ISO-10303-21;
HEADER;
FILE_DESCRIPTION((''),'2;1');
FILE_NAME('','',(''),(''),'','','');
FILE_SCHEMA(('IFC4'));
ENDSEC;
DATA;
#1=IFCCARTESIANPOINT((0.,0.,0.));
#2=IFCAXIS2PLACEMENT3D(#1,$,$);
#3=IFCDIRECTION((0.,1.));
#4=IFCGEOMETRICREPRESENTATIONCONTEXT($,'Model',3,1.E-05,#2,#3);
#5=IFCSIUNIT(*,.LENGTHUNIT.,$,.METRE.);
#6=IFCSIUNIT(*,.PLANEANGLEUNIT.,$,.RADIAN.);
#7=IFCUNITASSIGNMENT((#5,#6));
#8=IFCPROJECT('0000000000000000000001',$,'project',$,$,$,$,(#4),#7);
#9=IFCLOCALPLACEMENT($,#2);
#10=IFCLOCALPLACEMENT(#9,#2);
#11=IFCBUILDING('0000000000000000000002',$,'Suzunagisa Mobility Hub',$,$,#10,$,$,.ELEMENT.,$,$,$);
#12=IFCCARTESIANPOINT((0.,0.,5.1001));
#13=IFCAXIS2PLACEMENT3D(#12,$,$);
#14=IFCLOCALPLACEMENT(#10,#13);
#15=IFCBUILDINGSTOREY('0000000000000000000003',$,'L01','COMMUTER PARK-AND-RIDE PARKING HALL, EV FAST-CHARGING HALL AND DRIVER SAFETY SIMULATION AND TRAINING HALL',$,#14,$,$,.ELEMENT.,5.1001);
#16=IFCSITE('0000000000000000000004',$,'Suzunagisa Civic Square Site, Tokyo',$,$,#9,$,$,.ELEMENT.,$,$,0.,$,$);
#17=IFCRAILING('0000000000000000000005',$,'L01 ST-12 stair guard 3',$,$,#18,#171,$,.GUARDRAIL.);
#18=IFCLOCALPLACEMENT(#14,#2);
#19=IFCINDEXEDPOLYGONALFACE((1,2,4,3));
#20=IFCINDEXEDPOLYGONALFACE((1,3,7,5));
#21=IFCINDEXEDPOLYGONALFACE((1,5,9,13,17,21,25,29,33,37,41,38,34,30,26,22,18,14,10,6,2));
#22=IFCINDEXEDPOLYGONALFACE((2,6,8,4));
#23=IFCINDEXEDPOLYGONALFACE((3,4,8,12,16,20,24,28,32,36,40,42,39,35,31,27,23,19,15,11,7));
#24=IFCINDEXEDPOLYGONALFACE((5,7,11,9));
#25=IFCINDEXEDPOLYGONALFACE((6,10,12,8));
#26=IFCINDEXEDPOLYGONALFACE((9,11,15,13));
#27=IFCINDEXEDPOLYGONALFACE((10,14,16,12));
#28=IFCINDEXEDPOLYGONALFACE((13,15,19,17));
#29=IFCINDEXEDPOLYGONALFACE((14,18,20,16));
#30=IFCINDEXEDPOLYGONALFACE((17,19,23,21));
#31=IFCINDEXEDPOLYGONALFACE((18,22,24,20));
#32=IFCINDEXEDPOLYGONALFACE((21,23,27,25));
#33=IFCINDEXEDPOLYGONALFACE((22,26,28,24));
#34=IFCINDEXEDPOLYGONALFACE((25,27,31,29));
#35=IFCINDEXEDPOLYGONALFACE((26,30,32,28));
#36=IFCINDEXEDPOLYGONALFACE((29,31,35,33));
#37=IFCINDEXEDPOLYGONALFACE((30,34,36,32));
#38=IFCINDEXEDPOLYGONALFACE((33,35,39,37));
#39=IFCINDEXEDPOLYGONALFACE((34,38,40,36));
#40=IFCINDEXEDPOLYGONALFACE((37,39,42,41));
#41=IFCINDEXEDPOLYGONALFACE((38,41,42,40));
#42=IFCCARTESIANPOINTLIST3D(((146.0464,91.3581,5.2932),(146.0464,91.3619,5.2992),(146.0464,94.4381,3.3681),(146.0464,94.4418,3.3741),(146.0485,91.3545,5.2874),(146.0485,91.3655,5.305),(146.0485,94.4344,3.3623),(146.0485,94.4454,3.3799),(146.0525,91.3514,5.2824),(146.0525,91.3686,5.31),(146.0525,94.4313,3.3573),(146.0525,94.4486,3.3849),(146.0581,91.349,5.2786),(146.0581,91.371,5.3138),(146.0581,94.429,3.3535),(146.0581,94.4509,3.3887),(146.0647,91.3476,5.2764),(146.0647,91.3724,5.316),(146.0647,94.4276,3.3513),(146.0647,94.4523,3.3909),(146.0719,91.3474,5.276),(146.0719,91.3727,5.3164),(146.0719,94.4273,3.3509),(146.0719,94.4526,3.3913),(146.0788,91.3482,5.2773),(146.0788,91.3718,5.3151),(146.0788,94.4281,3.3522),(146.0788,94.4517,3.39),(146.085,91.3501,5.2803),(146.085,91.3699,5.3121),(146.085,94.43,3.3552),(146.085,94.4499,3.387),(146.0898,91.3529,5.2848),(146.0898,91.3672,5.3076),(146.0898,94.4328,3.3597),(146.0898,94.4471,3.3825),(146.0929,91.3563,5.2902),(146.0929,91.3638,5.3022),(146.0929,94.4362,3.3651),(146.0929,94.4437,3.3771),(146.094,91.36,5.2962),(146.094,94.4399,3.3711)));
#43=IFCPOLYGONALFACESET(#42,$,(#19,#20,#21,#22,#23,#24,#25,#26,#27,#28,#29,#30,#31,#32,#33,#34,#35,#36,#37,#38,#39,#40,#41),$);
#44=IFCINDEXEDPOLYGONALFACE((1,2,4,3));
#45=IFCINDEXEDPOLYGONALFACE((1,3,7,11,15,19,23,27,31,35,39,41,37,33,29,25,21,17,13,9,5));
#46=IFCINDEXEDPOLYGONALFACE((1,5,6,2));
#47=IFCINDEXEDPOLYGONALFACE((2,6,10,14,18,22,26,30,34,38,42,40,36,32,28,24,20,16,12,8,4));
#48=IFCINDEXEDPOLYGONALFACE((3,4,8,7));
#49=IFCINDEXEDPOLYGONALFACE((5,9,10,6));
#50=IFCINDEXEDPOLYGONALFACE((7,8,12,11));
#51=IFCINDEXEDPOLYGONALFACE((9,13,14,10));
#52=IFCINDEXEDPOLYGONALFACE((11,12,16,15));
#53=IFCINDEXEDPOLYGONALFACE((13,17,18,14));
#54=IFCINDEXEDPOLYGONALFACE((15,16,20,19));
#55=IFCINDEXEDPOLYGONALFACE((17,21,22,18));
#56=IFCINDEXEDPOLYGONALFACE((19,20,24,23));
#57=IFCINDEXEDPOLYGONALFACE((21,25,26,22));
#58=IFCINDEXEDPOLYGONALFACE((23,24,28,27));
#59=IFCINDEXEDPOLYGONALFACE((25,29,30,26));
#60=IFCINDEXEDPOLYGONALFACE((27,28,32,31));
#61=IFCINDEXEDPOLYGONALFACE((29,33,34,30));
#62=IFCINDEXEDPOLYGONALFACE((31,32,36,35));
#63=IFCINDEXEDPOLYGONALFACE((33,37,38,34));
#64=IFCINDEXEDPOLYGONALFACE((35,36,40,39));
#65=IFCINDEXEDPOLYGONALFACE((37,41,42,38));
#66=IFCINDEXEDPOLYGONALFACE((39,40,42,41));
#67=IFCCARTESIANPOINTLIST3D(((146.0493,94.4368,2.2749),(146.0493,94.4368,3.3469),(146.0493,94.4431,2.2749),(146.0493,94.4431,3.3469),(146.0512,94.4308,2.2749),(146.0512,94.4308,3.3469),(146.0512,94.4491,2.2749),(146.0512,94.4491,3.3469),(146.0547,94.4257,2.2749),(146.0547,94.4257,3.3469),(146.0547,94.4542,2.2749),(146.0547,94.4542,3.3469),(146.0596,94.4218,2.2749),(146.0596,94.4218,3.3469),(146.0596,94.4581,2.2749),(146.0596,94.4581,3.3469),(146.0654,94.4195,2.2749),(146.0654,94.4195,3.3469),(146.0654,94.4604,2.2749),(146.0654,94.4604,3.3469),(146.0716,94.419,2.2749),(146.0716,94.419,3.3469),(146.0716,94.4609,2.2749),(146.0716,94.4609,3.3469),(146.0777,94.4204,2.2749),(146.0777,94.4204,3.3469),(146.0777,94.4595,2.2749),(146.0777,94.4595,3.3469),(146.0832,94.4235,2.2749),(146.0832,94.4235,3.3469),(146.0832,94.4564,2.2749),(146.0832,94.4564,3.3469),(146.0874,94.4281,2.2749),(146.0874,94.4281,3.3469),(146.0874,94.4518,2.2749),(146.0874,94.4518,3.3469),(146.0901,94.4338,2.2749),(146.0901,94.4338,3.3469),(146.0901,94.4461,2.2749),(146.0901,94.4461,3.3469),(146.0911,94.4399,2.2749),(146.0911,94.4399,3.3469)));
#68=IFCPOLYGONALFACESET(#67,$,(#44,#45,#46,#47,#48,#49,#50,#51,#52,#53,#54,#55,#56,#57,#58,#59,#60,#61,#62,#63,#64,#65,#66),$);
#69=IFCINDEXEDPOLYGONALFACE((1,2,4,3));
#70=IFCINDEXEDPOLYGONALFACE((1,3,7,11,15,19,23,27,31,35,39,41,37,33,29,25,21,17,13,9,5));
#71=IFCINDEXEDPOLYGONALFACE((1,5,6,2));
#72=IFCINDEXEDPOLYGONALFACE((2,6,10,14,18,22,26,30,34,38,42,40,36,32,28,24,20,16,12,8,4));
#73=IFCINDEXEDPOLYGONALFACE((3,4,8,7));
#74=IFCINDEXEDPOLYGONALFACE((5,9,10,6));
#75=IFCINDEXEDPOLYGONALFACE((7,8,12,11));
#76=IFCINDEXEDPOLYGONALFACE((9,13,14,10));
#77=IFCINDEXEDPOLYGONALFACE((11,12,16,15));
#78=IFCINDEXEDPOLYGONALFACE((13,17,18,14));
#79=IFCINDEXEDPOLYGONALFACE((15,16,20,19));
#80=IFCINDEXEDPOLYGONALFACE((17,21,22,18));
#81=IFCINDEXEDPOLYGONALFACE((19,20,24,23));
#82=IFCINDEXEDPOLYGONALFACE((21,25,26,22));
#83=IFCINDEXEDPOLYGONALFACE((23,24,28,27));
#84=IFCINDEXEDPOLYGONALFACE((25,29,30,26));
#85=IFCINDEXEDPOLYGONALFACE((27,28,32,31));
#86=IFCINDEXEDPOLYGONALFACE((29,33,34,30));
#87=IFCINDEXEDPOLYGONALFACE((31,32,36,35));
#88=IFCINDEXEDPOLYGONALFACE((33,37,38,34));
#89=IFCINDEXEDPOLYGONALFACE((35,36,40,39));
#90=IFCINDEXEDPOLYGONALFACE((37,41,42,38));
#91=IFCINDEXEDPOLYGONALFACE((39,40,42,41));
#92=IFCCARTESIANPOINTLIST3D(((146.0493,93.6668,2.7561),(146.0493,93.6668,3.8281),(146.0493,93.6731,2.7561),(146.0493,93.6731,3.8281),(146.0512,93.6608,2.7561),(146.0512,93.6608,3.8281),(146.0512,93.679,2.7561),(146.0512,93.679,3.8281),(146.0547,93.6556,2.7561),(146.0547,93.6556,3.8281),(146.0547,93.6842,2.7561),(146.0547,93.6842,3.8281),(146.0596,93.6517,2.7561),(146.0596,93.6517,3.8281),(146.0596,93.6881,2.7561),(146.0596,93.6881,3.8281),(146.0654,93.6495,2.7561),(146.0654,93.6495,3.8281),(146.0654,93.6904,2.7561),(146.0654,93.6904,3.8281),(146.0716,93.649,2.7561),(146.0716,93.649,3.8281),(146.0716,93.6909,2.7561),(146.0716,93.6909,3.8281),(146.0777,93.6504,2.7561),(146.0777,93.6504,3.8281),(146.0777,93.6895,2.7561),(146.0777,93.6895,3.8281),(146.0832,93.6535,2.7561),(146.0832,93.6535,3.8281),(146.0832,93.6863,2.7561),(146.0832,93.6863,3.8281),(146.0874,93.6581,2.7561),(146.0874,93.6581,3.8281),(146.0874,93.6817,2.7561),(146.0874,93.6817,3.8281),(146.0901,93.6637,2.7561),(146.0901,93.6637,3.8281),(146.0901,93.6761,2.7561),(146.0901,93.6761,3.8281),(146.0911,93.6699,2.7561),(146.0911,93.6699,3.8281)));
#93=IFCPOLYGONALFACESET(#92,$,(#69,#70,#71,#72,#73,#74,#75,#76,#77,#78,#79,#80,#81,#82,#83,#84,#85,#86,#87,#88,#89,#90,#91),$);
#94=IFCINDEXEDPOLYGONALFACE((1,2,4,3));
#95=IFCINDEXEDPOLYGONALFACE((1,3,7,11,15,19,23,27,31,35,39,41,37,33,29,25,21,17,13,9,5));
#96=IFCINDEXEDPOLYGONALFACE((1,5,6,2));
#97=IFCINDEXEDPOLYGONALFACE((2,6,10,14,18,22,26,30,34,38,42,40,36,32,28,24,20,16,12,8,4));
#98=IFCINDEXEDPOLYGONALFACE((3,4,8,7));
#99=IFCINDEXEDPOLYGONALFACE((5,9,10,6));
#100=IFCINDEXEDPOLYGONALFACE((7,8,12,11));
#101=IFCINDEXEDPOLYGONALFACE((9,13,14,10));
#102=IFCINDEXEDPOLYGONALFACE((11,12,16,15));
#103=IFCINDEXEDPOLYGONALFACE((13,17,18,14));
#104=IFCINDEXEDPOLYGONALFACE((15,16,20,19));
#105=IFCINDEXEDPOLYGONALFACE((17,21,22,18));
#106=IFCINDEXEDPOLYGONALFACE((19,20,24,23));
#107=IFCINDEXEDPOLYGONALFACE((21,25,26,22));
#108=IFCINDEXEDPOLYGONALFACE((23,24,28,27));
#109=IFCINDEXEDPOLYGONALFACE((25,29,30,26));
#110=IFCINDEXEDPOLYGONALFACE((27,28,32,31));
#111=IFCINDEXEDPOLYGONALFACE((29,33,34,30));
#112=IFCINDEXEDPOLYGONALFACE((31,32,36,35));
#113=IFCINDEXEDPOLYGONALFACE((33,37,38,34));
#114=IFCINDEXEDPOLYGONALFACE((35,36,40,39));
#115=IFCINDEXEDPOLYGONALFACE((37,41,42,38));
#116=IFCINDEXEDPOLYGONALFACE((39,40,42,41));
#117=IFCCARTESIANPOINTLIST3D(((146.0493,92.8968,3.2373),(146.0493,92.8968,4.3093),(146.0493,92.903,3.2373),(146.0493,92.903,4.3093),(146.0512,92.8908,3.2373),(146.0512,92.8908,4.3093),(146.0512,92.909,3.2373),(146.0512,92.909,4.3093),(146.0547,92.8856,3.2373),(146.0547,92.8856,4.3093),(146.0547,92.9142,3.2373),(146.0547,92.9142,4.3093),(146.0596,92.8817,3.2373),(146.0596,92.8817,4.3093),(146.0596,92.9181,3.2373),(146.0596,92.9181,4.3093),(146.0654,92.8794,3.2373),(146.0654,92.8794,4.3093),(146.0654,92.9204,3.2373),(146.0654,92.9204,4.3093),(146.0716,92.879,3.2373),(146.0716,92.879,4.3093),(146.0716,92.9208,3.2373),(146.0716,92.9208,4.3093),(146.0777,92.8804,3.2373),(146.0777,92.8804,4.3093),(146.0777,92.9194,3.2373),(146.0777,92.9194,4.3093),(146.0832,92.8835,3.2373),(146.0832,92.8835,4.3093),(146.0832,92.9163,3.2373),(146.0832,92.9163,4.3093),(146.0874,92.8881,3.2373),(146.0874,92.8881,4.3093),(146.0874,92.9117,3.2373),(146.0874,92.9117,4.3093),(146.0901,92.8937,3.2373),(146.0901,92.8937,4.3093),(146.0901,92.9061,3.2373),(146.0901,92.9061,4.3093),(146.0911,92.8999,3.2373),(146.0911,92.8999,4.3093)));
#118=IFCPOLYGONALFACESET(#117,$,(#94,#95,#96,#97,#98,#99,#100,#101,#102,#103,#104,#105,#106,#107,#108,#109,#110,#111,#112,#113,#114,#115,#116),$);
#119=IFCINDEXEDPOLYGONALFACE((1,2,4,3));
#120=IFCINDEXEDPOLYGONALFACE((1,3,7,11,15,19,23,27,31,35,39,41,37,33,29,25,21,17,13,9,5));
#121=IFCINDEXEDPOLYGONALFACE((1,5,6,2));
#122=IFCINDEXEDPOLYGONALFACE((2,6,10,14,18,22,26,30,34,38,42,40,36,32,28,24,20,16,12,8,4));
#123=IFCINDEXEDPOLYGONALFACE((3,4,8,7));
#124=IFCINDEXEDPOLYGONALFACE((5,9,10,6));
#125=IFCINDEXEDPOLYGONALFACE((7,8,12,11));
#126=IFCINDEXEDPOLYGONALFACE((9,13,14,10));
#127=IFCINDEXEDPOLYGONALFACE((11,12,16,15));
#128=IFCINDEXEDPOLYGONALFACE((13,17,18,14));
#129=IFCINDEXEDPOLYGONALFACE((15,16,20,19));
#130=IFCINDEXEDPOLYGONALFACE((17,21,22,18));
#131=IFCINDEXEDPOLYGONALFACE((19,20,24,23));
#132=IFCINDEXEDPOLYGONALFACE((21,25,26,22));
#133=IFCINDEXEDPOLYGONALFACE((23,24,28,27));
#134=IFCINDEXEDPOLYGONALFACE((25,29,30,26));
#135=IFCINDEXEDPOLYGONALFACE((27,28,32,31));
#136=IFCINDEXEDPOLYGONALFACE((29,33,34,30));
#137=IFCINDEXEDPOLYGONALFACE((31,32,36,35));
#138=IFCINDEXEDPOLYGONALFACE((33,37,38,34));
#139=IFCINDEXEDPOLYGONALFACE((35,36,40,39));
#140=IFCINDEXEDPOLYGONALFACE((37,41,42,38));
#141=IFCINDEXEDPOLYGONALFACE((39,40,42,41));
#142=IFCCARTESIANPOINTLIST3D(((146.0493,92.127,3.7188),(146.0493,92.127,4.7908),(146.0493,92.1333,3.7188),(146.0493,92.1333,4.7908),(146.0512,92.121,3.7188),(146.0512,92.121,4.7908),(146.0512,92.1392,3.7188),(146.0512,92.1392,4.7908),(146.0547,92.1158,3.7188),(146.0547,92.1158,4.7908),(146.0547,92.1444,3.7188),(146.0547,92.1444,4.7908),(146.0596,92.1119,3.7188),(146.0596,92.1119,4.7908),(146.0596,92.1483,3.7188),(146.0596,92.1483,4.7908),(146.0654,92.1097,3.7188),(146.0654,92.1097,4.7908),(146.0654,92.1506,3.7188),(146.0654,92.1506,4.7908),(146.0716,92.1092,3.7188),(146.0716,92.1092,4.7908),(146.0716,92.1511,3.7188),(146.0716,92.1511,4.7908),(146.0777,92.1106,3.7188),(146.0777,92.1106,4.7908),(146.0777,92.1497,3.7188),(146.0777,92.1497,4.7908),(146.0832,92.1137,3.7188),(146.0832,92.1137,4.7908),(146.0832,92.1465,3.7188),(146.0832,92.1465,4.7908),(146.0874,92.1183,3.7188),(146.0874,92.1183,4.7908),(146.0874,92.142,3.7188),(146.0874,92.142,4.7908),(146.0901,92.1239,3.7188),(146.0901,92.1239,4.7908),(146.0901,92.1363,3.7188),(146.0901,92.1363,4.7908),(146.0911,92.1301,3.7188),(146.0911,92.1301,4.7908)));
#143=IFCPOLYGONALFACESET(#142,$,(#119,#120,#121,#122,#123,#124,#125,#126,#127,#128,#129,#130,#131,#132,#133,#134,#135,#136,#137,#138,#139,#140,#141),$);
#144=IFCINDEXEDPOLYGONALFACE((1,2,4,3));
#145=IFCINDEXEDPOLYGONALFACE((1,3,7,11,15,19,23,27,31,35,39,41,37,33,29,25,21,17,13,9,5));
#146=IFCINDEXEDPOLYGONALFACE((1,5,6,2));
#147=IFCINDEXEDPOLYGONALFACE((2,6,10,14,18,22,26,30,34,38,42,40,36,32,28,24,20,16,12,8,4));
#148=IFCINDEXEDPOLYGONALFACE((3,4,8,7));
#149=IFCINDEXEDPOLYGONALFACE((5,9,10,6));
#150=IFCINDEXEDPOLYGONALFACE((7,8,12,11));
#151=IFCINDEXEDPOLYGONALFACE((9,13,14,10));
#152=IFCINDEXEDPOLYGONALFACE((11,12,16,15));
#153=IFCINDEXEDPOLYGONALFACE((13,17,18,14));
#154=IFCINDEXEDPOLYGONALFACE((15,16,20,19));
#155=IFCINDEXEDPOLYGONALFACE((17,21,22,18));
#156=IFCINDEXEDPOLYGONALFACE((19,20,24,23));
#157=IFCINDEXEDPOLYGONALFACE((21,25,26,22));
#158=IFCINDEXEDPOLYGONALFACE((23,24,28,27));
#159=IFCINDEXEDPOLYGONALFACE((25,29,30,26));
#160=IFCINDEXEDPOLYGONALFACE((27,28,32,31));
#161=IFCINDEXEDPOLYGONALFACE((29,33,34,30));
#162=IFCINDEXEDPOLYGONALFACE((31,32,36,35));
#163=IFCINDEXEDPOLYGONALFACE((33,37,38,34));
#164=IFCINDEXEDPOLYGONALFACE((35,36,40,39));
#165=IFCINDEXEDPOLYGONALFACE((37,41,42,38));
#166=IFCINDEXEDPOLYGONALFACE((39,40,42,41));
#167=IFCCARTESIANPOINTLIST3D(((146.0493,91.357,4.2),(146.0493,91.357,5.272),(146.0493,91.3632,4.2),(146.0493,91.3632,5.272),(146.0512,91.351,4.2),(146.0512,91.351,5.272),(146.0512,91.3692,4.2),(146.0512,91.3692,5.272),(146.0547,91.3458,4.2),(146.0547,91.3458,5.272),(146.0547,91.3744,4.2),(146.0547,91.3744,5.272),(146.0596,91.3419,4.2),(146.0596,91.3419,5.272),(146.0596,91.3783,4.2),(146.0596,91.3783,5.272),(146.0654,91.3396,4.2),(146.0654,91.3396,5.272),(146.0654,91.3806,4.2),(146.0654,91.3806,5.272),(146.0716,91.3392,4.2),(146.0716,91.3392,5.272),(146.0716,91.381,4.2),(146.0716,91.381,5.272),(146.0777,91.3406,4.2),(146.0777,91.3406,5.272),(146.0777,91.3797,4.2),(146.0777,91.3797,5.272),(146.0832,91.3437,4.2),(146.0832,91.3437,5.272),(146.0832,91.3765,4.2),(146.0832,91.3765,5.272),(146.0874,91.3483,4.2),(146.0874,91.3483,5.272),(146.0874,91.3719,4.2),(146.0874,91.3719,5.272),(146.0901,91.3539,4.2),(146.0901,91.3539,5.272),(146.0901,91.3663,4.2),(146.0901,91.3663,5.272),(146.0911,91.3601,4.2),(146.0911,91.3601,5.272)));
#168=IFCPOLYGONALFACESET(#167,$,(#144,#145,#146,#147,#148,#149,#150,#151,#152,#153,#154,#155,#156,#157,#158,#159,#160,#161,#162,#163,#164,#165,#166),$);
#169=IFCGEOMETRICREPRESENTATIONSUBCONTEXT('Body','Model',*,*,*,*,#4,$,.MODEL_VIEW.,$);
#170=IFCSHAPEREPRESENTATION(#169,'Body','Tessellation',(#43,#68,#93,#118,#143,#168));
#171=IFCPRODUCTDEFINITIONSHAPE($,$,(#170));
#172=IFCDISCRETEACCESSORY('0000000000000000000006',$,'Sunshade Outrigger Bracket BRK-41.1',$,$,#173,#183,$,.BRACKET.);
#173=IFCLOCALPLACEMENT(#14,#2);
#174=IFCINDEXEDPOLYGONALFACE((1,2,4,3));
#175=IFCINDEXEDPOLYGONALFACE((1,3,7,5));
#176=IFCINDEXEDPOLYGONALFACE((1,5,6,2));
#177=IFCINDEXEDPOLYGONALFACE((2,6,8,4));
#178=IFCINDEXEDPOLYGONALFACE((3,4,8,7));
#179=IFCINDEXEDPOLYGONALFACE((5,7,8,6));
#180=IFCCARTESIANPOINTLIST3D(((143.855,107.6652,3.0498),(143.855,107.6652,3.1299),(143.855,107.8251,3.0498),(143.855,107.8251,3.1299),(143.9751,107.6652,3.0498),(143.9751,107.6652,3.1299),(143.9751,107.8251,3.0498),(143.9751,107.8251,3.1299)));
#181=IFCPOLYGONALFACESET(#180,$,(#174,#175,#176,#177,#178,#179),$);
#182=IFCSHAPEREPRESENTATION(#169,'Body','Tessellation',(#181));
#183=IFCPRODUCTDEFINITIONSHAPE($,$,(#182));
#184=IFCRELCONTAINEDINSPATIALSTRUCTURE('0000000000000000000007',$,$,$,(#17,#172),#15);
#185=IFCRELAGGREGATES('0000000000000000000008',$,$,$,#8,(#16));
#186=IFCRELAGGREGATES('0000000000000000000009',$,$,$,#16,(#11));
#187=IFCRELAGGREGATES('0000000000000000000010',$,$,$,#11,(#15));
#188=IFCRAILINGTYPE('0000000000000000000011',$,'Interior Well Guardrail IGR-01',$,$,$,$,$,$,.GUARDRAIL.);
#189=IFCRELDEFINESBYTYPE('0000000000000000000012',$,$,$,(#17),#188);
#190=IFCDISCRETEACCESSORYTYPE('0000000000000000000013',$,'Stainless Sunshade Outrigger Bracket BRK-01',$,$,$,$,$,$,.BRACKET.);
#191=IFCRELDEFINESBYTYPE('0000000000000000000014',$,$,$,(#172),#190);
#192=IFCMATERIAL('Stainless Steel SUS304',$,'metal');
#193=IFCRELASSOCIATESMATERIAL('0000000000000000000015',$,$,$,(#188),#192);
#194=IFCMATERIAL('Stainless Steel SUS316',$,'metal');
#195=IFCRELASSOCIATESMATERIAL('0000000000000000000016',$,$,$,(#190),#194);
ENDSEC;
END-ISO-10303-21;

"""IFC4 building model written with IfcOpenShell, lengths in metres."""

from ifc_helpers import new_model, si_unit, direction, frame, origin, origin_2d, place, context, subcontext, project, spatial, rectangle, circle, extrude, material, type_object, element, save


model = new_model("IFC4")

# Units and contexts
model_context = context("Model", 3, precision=1e-05, world=origin(), true_north=direction((0.0, 1.0)))
body_context = subcontext(model_context, "Body", "Model", "MODEL_VIEW")
ifc_project = project(units=[si_unit("LENGTHUNIT", "METRE"), si_unit("PLANEANGLEUNIT", "RADIAN")], contexts=[model_context])

# Site, building, storey
site_placement = place(None, origin())
site = spatial("IfcSite", under=ifc_project, at=site_placement, Name="Suzunagisa Civic Square Site, Tokyo", CompositionType="ELEMENT", RefElevation=0.0)
building_placement = place(site_placement, origin())
building = spatial("IfcBuilding", under=site, at=building_placement, Name="Suzunagisa Mobility Hub", CompositionType="ELEMENT")
storey_placement = place(building_placement, frame((0.0, 0.0, 5.1001)))
storey = spatial("IfcBuildingStorey", under=building, at=storey_placement, Name="L01", Description="COMMUTER PARK-AND-RIDE PARKING HALL, EV FAST-CHARGING HALL AND DRIVER SAFETY SIMULATION AND TRAINING HALL", CompositionType="ELEMENT", Elevation=5.1001)

# Railing
ifc_material_1 = material(Name="Stainless Steel SUS304", Category="metal")
railing_type = type_object("IfcRailingType", Name="Interior Well Guardrail IGR-01", PredefinedType="GUARDRAIL", material=ifc_material_1)
railing_1_placement = place(storey_placement, frame((146.0701, 94.4399, 2.2749)))
element("IfcRailing", 1, at=railing_1_placement, inside=storey, type_object=railing_type, Name="L01 ST-12 stair guard 3", PredefinedType="GUARDRAIL", context=body_context, shape_type="SweptSolid", body=[
    extrude(circle(Radius=0.0239, at=origin_2d()), frame((0.0, 0.0, 1.0962), z_axis=(0.0, -0.847979, 0.530029), x_axis=(1.0, 0.0, 0.0)), (0.0, 0.0, 1.0), 3.6321),
    extrude(circle(Radius=0.021, at=origin_2d()), origin(), (0.0, 0.0, 1.0), 1.072),
    extrude(circle(Radius=0.021, at=origin_2d()), frame((0.0, -0.77, 0.4812)), (0.0, 0.0, 1.0), 1.072),
    extrude(circle(Radius=0.021, at=origin_2d()), frame((0.0, -1.54, 0.9624)), (0.0, 0.0, 1.0), 1.072),
    extrude(circle(Radius=0.021, at=origin_2d()), frame((0.0, -2.3098, 1.4438)), (0.0, 0.0, 1.0), 1.072),
    extrude(circle(Radius=0.021, at=origin_2d()), frame((0.0, -3.0798, 1.925)), (0.0, 0.0, 1.0), 1.072),
])

# Discrete accessory
ifc_material_2 = material(Name="Stainless Steel SUS316", Category="metal")
discrete_accessory_type = type_object("IfcDiscreteAccessoryType", Name="Stainless Sunshade Outrigger Bracket BRK-01", PredefinedType="BRACKET", material=ifc_material_2)
discrete_accessory_placement = place(storey_placement, frame((143.915, 107.7451, 3.0498), z_axis=(0.0, 0.0, 1.0), x_axis=(0.0, -1.0, 0.0)))
element("IfcDiscreteAccessory", 2, at=discrete_accessory_placement, inside=storey, type_object=discrete_accessory_type, Name="Sunshade Outrigger Bracket BRK-41.1", PredefinedType="BRACKET", context=body_context, shape_type="SweptSolid", body=[
    extrude(rectangle(XDim=0.1599, YDim=0.1201, at=origin_2d()), origin(), (0.0, 0.0, 1.0), 0.0801),
])

save(model, "model.ifc")
